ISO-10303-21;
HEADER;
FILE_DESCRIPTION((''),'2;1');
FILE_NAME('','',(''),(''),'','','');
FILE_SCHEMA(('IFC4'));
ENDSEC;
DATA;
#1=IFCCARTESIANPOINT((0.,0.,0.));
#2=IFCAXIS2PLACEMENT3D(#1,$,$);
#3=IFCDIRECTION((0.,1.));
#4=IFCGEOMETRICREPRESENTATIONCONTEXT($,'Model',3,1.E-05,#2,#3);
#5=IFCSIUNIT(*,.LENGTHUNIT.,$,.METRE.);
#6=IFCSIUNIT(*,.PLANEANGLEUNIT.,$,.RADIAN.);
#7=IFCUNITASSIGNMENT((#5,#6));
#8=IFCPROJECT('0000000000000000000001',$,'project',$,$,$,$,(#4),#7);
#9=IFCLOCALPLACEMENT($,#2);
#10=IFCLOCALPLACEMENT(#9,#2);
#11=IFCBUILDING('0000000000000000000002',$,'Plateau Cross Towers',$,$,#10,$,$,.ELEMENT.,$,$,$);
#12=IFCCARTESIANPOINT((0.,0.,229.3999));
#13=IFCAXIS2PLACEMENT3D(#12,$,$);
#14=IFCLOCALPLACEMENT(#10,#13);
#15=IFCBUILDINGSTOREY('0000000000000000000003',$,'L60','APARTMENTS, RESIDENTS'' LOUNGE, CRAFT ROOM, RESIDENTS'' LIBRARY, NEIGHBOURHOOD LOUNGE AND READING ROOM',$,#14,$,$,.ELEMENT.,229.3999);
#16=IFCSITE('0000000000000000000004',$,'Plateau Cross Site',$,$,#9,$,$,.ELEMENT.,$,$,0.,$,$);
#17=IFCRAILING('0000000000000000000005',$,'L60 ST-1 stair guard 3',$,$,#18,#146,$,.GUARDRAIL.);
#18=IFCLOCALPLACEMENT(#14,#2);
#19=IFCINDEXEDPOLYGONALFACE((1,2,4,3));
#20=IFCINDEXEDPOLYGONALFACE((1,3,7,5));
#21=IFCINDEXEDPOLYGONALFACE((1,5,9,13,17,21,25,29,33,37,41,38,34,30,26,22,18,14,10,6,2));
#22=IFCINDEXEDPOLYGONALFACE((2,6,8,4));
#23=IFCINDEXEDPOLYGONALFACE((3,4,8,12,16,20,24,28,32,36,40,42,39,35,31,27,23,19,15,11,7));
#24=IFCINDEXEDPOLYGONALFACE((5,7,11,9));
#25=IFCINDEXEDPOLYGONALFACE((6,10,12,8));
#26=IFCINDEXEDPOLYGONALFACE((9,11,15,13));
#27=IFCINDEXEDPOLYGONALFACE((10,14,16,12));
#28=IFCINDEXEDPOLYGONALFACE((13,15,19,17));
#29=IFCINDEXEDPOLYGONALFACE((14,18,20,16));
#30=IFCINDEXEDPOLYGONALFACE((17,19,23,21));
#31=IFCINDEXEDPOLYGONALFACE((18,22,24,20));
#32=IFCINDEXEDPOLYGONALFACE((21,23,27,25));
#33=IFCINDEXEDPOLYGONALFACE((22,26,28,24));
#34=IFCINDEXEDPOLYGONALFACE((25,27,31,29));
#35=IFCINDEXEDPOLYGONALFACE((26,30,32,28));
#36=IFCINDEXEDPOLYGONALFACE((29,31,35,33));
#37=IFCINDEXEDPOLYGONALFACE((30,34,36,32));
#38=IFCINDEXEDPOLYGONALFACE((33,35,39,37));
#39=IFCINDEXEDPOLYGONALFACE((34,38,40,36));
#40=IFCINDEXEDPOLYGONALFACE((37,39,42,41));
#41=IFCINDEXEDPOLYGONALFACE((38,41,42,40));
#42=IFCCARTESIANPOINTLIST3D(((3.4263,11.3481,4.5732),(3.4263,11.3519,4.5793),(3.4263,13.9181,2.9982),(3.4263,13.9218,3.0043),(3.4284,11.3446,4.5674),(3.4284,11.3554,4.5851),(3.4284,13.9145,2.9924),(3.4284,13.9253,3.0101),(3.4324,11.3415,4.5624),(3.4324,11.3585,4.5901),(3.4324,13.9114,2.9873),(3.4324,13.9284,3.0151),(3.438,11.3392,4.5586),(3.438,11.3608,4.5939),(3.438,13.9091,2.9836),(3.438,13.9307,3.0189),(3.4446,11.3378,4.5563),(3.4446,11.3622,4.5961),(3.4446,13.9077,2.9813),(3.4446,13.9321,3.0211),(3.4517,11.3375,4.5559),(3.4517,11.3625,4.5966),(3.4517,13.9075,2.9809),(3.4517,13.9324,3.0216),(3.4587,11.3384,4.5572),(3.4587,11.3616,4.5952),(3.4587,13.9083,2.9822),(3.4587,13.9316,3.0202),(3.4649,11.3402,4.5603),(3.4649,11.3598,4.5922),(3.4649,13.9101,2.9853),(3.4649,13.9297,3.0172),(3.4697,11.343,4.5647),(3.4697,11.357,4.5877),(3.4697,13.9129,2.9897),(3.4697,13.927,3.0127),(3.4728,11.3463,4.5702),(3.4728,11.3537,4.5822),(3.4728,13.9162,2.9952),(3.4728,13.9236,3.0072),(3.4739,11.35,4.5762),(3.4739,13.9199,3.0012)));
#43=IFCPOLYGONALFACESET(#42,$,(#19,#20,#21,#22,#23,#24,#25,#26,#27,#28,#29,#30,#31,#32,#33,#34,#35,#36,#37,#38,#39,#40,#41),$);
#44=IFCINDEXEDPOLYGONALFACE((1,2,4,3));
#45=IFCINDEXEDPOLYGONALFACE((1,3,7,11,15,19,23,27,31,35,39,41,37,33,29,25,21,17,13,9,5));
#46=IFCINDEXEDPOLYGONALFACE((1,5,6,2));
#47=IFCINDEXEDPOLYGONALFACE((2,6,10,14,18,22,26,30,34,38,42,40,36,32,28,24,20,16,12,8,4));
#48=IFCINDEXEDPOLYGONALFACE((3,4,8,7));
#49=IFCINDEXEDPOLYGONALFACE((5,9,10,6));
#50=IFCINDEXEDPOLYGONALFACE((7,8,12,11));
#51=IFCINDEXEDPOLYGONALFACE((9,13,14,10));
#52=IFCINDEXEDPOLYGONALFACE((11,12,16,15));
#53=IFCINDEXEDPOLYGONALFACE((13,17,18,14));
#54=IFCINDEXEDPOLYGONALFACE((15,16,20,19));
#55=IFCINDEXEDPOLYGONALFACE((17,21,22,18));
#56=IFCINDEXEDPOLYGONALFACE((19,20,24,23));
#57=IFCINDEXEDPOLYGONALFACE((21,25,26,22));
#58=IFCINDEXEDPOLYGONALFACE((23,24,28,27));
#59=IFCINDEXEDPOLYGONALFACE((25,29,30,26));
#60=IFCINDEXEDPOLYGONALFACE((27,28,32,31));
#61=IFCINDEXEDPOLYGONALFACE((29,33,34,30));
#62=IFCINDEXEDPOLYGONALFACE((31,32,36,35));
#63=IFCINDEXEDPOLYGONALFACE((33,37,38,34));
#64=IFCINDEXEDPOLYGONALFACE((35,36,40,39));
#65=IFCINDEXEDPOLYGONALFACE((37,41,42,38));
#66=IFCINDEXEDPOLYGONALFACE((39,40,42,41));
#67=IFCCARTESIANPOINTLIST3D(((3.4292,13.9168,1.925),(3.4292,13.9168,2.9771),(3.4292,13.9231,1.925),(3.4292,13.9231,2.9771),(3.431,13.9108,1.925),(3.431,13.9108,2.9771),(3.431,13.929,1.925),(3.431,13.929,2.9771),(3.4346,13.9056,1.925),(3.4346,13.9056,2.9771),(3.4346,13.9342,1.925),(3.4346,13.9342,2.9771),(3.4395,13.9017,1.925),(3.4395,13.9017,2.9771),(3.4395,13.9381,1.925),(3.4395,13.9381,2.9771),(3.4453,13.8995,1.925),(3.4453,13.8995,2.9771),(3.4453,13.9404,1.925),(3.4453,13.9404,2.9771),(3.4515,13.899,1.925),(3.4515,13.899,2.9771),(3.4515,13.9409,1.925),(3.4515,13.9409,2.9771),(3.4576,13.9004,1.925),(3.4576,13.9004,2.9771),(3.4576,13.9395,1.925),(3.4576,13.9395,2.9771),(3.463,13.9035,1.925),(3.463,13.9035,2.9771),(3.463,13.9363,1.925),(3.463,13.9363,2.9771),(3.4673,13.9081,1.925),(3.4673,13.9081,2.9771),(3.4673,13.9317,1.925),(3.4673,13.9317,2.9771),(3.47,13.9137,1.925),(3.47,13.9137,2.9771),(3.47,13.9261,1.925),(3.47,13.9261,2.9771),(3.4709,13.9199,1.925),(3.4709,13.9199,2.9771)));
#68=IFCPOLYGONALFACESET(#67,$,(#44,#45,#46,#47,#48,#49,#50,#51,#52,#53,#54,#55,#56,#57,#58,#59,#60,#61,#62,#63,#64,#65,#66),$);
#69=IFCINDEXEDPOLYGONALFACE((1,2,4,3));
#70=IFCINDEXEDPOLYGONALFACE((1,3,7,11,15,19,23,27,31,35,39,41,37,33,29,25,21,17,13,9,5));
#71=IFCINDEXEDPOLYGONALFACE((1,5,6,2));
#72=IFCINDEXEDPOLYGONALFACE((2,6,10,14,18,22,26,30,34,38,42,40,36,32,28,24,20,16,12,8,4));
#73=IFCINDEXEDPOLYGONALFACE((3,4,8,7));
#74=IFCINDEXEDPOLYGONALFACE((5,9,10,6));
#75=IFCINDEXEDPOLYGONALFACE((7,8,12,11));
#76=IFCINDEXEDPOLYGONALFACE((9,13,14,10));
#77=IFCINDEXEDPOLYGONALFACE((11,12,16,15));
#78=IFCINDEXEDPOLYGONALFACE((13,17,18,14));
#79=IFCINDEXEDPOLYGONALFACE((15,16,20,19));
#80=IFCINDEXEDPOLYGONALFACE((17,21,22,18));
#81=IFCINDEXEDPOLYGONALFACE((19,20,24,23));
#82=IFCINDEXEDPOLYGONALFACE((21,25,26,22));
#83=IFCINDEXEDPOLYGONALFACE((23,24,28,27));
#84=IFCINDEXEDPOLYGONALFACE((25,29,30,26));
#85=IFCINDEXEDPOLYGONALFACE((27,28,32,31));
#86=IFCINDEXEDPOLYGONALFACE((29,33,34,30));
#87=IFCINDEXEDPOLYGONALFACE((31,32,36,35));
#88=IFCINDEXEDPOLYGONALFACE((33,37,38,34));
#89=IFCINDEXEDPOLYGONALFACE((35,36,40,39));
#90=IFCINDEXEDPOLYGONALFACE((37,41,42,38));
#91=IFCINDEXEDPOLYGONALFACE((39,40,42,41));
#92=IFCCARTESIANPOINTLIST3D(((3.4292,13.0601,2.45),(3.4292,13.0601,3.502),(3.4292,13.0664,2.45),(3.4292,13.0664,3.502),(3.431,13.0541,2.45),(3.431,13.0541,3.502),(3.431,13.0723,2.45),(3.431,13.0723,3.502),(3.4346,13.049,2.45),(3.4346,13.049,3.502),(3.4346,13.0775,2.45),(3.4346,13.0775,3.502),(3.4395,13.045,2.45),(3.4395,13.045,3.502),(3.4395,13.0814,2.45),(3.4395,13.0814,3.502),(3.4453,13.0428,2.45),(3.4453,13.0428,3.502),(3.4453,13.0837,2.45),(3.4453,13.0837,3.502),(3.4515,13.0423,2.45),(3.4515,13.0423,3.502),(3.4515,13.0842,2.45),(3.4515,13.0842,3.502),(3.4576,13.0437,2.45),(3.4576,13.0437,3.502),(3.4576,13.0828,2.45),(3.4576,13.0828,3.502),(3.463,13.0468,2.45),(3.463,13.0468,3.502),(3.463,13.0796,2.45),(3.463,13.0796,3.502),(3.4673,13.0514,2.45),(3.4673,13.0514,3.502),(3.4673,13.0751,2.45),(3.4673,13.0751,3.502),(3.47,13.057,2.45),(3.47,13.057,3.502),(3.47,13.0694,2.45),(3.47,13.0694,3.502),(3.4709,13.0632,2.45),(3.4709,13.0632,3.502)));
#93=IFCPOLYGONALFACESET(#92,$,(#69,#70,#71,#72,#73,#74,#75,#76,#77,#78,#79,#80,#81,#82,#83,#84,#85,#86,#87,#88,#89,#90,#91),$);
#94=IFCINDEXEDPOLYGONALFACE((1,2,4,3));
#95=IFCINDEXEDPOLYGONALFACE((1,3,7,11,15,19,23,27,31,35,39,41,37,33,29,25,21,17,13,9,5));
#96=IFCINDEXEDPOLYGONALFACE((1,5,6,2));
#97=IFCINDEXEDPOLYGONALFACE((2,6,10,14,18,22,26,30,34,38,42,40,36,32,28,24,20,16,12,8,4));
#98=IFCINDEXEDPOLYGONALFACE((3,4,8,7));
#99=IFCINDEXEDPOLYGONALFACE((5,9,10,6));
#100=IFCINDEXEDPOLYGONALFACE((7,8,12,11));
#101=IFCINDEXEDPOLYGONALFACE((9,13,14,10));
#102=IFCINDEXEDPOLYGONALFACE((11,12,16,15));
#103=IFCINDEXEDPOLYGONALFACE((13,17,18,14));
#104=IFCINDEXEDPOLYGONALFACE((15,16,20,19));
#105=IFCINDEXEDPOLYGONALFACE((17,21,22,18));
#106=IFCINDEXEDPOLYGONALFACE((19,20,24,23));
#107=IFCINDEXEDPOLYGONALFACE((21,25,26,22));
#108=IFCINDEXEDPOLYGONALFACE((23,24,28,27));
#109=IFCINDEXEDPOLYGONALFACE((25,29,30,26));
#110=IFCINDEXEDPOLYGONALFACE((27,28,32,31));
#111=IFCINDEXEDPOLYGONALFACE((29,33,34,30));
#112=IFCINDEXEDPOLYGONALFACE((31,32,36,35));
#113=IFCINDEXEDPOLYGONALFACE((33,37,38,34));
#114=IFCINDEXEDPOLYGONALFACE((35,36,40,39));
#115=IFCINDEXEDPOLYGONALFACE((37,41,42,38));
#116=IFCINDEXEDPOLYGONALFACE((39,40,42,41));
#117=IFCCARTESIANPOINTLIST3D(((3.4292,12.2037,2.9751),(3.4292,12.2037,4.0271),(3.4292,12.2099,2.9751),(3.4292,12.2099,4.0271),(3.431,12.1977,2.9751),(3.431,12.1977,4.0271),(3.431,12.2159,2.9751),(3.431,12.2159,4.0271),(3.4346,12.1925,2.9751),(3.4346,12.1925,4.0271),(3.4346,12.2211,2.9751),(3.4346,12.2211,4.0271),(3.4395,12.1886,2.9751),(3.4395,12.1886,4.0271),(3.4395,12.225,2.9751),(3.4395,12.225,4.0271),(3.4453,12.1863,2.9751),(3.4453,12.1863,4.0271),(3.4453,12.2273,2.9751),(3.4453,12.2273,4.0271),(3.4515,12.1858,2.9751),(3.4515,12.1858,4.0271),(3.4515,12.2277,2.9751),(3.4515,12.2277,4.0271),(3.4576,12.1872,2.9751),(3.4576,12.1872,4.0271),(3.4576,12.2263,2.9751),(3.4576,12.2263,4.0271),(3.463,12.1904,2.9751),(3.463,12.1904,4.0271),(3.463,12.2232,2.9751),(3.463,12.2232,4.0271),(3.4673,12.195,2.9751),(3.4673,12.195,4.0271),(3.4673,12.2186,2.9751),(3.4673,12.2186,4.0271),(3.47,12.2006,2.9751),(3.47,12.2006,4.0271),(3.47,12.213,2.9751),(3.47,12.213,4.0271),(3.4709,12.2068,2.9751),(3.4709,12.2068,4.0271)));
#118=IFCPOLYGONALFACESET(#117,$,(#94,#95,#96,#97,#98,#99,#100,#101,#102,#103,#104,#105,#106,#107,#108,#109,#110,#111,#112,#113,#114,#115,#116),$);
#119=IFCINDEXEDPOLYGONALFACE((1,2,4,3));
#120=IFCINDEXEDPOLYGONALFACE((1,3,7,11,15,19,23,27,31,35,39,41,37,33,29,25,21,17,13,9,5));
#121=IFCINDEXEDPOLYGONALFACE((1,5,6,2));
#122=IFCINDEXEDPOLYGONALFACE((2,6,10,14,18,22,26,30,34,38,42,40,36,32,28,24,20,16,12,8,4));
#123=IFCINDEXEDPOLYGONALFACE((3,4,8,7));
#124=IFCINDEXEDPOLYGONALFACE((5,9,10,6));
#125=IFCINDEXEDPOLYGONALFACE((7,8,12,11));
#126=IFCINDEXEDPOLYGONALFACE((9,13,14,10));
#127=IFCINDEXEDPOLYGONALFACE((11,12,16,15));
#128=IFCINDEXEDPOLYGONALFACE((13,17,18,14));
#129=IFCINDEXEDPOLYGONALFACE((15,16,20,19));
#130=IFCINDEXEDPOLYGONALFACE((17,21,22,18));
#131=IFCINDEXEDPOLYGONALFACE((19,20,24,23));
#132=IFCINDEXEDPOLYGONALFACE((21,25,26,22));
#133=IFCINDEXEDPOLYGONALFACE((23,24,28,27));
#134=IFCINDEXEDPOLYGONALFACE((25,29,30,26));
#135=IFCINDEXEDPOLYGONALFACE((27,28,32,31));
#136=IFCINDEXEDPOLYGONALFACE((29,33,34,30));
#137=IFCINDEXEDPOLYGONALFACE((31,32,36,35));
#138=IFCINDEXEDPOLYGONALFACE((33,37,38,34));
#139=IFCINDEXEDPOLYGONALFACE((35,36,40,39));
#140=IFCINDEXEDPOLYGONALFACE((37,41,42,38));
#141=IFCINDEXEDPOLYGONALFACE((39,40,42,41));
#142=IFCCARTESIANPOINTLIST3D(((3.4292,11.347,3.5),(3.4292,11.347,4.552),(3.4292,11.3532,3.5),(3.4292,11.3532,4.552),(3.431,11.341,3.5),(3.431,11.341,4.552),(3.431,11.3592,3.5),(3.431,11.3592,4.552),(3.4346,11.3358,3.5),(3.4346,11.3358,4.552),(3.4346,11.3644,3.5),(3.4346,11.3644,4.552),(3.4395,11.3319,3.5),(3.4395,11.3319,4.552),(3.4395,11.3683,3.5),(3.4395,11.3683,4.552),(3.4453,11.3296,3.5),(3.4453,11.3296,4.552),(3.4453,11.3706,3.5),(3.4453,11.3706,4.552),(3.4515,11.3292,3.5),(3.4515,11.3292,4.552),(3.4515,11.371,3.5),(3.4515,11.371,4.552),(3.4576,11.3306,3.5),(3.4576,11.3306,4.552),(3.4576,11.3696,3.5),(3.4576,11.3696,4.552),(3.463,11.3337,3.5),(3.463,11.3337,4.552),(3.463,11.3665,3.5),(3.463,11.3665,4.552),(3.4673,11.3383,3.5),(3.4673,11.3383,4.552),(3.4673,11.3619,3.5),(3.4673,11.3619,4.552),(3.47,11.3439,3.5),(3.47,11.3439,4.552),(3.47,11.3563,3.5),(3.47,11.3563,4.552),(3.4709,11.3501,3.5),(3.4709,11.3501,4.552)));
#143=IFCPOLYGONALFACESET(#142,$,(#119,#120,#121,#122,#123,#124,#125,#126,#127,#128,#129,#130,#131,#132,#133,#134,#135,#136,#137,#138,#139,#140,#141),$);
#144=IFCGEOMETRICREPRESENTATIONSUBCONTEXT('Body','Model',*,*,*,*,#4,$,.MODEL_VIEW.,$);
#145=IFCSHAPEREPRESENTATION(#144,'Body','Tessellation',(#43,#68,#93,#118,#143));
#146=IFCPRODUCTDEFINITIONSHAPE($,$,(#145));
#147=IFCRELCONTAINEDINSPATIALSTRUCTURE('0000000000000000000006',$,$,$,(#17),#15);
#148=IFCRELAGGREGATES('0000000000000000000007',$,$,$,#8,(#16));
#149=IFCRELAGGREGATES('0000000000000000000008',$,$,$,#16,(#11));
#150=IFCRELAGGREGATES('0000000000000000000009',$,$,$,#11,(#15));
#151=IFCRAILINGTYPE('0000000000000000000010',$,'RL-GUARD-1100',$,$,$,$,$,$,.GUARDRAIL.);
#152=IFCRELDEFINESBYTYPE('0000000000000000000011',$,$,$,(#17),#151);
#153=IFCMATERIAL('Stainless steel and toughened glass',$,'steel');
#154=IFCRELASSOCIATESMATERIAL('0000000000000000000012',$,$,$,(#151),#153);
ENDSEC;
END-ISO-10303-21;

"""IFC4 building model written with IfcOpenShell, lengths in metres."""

from ifc_helpers import new_model, si_unit, direction, frame, origin, origin_2d, place, context, subcontext, project, spatial, circle, extrude, material, type_object, element, save


model = new_model("IFC4")

# Units and contexts
model_context = context("Model", 3, precision=1e-05, world=origin(), true_north=direction((0.0, 1.0)))
body_context = subcontext(model_context, "Body", "Model", "MODEL_VIEW")
ifc_project = project(units=[si_unit("LENGTHUNIT", "METRE"), si_unit("PLANEANGLEUNIT", "RADIAN")], contexts=[model_context])

# Site, building, storey
site_placement = place(None, origin())
site = spatial("IfcSite", under=ifc_project, at=site_placement, Name="Plateau Cross Site", CompositionType="ELEMENT", RefElevation=0.0)
building_placement = place(site_placement, origin())
building = spatial("IfcBuilding", under=site, at=building_placement, Name="Plateau Cross Towers", CompositionType="ELEMENT")
storey_placement = place(building_placement, frame((0.0, 0.0, 229.3999)))
storey = spatial("IfcBuildingStorey", under=building, at=storey_placement, Name="L60", Description="APARTMENTS, RESIDENTS' LOUNGE, CRAFT ROOM, RESIDENTS' LIBRARY, NEIGHBOURHOOD LOUNGE AND READING ROOM", CompositionType="ELEMENT", Elevation=229.3999)

# Railing
ifc_material_1 = material(Name="Stainless steel and toughened glass", Category="steel")
railing_type = type_object("IfcRailingType", Name="RL-GUARD-1100", PredefinedType="GUARDRAIL", material=ifc_material_1)
railing_1_placement = place(storey_placement, frame((3.45, 13.9199, 1.925)))
element("IfcRailing", 1, at=railing_1_placement, inside=storey, type_object=railing_type, Name="L60 ST-1 stair guard 3", PredefinedType="GUARDRAIL", context=body_context, shape_type="SweptSolid", body=[
    extrude(circle(Radius=0.0239, at=origin_2d()), frame((0.0, 0.0, 1.0762), z_axis=(0.0, -0.852616, 0.522537), x_axis=(1.0, 0.0, 0.0)), (0.0, 0.0, 1.0), 3.0142),
    extrude(circle(Radius=0.021, at=origin_2d()), origin(), (0.0, 0.0, 1.0), 1.052),
    extrude(circle(Radius=0.021, at=origin_2d()), frame((0.0, -0.8567, 0.5249)), (0.0, 0.0, 1.0), 1.052),
    extrude(circle(Radius=0.021, at=origin_2d()), frame((0.0, -1.7131, 1.05)), (0.0, 0.0, 1.0), 1.052),
    extrude(circle(Radius=0.021, at=origin_2d()), frame((0.0, -2.5698, 1.575)), (0.0, 0.0, 1.0), 1.052),
])

save(model, "model.ifc")
